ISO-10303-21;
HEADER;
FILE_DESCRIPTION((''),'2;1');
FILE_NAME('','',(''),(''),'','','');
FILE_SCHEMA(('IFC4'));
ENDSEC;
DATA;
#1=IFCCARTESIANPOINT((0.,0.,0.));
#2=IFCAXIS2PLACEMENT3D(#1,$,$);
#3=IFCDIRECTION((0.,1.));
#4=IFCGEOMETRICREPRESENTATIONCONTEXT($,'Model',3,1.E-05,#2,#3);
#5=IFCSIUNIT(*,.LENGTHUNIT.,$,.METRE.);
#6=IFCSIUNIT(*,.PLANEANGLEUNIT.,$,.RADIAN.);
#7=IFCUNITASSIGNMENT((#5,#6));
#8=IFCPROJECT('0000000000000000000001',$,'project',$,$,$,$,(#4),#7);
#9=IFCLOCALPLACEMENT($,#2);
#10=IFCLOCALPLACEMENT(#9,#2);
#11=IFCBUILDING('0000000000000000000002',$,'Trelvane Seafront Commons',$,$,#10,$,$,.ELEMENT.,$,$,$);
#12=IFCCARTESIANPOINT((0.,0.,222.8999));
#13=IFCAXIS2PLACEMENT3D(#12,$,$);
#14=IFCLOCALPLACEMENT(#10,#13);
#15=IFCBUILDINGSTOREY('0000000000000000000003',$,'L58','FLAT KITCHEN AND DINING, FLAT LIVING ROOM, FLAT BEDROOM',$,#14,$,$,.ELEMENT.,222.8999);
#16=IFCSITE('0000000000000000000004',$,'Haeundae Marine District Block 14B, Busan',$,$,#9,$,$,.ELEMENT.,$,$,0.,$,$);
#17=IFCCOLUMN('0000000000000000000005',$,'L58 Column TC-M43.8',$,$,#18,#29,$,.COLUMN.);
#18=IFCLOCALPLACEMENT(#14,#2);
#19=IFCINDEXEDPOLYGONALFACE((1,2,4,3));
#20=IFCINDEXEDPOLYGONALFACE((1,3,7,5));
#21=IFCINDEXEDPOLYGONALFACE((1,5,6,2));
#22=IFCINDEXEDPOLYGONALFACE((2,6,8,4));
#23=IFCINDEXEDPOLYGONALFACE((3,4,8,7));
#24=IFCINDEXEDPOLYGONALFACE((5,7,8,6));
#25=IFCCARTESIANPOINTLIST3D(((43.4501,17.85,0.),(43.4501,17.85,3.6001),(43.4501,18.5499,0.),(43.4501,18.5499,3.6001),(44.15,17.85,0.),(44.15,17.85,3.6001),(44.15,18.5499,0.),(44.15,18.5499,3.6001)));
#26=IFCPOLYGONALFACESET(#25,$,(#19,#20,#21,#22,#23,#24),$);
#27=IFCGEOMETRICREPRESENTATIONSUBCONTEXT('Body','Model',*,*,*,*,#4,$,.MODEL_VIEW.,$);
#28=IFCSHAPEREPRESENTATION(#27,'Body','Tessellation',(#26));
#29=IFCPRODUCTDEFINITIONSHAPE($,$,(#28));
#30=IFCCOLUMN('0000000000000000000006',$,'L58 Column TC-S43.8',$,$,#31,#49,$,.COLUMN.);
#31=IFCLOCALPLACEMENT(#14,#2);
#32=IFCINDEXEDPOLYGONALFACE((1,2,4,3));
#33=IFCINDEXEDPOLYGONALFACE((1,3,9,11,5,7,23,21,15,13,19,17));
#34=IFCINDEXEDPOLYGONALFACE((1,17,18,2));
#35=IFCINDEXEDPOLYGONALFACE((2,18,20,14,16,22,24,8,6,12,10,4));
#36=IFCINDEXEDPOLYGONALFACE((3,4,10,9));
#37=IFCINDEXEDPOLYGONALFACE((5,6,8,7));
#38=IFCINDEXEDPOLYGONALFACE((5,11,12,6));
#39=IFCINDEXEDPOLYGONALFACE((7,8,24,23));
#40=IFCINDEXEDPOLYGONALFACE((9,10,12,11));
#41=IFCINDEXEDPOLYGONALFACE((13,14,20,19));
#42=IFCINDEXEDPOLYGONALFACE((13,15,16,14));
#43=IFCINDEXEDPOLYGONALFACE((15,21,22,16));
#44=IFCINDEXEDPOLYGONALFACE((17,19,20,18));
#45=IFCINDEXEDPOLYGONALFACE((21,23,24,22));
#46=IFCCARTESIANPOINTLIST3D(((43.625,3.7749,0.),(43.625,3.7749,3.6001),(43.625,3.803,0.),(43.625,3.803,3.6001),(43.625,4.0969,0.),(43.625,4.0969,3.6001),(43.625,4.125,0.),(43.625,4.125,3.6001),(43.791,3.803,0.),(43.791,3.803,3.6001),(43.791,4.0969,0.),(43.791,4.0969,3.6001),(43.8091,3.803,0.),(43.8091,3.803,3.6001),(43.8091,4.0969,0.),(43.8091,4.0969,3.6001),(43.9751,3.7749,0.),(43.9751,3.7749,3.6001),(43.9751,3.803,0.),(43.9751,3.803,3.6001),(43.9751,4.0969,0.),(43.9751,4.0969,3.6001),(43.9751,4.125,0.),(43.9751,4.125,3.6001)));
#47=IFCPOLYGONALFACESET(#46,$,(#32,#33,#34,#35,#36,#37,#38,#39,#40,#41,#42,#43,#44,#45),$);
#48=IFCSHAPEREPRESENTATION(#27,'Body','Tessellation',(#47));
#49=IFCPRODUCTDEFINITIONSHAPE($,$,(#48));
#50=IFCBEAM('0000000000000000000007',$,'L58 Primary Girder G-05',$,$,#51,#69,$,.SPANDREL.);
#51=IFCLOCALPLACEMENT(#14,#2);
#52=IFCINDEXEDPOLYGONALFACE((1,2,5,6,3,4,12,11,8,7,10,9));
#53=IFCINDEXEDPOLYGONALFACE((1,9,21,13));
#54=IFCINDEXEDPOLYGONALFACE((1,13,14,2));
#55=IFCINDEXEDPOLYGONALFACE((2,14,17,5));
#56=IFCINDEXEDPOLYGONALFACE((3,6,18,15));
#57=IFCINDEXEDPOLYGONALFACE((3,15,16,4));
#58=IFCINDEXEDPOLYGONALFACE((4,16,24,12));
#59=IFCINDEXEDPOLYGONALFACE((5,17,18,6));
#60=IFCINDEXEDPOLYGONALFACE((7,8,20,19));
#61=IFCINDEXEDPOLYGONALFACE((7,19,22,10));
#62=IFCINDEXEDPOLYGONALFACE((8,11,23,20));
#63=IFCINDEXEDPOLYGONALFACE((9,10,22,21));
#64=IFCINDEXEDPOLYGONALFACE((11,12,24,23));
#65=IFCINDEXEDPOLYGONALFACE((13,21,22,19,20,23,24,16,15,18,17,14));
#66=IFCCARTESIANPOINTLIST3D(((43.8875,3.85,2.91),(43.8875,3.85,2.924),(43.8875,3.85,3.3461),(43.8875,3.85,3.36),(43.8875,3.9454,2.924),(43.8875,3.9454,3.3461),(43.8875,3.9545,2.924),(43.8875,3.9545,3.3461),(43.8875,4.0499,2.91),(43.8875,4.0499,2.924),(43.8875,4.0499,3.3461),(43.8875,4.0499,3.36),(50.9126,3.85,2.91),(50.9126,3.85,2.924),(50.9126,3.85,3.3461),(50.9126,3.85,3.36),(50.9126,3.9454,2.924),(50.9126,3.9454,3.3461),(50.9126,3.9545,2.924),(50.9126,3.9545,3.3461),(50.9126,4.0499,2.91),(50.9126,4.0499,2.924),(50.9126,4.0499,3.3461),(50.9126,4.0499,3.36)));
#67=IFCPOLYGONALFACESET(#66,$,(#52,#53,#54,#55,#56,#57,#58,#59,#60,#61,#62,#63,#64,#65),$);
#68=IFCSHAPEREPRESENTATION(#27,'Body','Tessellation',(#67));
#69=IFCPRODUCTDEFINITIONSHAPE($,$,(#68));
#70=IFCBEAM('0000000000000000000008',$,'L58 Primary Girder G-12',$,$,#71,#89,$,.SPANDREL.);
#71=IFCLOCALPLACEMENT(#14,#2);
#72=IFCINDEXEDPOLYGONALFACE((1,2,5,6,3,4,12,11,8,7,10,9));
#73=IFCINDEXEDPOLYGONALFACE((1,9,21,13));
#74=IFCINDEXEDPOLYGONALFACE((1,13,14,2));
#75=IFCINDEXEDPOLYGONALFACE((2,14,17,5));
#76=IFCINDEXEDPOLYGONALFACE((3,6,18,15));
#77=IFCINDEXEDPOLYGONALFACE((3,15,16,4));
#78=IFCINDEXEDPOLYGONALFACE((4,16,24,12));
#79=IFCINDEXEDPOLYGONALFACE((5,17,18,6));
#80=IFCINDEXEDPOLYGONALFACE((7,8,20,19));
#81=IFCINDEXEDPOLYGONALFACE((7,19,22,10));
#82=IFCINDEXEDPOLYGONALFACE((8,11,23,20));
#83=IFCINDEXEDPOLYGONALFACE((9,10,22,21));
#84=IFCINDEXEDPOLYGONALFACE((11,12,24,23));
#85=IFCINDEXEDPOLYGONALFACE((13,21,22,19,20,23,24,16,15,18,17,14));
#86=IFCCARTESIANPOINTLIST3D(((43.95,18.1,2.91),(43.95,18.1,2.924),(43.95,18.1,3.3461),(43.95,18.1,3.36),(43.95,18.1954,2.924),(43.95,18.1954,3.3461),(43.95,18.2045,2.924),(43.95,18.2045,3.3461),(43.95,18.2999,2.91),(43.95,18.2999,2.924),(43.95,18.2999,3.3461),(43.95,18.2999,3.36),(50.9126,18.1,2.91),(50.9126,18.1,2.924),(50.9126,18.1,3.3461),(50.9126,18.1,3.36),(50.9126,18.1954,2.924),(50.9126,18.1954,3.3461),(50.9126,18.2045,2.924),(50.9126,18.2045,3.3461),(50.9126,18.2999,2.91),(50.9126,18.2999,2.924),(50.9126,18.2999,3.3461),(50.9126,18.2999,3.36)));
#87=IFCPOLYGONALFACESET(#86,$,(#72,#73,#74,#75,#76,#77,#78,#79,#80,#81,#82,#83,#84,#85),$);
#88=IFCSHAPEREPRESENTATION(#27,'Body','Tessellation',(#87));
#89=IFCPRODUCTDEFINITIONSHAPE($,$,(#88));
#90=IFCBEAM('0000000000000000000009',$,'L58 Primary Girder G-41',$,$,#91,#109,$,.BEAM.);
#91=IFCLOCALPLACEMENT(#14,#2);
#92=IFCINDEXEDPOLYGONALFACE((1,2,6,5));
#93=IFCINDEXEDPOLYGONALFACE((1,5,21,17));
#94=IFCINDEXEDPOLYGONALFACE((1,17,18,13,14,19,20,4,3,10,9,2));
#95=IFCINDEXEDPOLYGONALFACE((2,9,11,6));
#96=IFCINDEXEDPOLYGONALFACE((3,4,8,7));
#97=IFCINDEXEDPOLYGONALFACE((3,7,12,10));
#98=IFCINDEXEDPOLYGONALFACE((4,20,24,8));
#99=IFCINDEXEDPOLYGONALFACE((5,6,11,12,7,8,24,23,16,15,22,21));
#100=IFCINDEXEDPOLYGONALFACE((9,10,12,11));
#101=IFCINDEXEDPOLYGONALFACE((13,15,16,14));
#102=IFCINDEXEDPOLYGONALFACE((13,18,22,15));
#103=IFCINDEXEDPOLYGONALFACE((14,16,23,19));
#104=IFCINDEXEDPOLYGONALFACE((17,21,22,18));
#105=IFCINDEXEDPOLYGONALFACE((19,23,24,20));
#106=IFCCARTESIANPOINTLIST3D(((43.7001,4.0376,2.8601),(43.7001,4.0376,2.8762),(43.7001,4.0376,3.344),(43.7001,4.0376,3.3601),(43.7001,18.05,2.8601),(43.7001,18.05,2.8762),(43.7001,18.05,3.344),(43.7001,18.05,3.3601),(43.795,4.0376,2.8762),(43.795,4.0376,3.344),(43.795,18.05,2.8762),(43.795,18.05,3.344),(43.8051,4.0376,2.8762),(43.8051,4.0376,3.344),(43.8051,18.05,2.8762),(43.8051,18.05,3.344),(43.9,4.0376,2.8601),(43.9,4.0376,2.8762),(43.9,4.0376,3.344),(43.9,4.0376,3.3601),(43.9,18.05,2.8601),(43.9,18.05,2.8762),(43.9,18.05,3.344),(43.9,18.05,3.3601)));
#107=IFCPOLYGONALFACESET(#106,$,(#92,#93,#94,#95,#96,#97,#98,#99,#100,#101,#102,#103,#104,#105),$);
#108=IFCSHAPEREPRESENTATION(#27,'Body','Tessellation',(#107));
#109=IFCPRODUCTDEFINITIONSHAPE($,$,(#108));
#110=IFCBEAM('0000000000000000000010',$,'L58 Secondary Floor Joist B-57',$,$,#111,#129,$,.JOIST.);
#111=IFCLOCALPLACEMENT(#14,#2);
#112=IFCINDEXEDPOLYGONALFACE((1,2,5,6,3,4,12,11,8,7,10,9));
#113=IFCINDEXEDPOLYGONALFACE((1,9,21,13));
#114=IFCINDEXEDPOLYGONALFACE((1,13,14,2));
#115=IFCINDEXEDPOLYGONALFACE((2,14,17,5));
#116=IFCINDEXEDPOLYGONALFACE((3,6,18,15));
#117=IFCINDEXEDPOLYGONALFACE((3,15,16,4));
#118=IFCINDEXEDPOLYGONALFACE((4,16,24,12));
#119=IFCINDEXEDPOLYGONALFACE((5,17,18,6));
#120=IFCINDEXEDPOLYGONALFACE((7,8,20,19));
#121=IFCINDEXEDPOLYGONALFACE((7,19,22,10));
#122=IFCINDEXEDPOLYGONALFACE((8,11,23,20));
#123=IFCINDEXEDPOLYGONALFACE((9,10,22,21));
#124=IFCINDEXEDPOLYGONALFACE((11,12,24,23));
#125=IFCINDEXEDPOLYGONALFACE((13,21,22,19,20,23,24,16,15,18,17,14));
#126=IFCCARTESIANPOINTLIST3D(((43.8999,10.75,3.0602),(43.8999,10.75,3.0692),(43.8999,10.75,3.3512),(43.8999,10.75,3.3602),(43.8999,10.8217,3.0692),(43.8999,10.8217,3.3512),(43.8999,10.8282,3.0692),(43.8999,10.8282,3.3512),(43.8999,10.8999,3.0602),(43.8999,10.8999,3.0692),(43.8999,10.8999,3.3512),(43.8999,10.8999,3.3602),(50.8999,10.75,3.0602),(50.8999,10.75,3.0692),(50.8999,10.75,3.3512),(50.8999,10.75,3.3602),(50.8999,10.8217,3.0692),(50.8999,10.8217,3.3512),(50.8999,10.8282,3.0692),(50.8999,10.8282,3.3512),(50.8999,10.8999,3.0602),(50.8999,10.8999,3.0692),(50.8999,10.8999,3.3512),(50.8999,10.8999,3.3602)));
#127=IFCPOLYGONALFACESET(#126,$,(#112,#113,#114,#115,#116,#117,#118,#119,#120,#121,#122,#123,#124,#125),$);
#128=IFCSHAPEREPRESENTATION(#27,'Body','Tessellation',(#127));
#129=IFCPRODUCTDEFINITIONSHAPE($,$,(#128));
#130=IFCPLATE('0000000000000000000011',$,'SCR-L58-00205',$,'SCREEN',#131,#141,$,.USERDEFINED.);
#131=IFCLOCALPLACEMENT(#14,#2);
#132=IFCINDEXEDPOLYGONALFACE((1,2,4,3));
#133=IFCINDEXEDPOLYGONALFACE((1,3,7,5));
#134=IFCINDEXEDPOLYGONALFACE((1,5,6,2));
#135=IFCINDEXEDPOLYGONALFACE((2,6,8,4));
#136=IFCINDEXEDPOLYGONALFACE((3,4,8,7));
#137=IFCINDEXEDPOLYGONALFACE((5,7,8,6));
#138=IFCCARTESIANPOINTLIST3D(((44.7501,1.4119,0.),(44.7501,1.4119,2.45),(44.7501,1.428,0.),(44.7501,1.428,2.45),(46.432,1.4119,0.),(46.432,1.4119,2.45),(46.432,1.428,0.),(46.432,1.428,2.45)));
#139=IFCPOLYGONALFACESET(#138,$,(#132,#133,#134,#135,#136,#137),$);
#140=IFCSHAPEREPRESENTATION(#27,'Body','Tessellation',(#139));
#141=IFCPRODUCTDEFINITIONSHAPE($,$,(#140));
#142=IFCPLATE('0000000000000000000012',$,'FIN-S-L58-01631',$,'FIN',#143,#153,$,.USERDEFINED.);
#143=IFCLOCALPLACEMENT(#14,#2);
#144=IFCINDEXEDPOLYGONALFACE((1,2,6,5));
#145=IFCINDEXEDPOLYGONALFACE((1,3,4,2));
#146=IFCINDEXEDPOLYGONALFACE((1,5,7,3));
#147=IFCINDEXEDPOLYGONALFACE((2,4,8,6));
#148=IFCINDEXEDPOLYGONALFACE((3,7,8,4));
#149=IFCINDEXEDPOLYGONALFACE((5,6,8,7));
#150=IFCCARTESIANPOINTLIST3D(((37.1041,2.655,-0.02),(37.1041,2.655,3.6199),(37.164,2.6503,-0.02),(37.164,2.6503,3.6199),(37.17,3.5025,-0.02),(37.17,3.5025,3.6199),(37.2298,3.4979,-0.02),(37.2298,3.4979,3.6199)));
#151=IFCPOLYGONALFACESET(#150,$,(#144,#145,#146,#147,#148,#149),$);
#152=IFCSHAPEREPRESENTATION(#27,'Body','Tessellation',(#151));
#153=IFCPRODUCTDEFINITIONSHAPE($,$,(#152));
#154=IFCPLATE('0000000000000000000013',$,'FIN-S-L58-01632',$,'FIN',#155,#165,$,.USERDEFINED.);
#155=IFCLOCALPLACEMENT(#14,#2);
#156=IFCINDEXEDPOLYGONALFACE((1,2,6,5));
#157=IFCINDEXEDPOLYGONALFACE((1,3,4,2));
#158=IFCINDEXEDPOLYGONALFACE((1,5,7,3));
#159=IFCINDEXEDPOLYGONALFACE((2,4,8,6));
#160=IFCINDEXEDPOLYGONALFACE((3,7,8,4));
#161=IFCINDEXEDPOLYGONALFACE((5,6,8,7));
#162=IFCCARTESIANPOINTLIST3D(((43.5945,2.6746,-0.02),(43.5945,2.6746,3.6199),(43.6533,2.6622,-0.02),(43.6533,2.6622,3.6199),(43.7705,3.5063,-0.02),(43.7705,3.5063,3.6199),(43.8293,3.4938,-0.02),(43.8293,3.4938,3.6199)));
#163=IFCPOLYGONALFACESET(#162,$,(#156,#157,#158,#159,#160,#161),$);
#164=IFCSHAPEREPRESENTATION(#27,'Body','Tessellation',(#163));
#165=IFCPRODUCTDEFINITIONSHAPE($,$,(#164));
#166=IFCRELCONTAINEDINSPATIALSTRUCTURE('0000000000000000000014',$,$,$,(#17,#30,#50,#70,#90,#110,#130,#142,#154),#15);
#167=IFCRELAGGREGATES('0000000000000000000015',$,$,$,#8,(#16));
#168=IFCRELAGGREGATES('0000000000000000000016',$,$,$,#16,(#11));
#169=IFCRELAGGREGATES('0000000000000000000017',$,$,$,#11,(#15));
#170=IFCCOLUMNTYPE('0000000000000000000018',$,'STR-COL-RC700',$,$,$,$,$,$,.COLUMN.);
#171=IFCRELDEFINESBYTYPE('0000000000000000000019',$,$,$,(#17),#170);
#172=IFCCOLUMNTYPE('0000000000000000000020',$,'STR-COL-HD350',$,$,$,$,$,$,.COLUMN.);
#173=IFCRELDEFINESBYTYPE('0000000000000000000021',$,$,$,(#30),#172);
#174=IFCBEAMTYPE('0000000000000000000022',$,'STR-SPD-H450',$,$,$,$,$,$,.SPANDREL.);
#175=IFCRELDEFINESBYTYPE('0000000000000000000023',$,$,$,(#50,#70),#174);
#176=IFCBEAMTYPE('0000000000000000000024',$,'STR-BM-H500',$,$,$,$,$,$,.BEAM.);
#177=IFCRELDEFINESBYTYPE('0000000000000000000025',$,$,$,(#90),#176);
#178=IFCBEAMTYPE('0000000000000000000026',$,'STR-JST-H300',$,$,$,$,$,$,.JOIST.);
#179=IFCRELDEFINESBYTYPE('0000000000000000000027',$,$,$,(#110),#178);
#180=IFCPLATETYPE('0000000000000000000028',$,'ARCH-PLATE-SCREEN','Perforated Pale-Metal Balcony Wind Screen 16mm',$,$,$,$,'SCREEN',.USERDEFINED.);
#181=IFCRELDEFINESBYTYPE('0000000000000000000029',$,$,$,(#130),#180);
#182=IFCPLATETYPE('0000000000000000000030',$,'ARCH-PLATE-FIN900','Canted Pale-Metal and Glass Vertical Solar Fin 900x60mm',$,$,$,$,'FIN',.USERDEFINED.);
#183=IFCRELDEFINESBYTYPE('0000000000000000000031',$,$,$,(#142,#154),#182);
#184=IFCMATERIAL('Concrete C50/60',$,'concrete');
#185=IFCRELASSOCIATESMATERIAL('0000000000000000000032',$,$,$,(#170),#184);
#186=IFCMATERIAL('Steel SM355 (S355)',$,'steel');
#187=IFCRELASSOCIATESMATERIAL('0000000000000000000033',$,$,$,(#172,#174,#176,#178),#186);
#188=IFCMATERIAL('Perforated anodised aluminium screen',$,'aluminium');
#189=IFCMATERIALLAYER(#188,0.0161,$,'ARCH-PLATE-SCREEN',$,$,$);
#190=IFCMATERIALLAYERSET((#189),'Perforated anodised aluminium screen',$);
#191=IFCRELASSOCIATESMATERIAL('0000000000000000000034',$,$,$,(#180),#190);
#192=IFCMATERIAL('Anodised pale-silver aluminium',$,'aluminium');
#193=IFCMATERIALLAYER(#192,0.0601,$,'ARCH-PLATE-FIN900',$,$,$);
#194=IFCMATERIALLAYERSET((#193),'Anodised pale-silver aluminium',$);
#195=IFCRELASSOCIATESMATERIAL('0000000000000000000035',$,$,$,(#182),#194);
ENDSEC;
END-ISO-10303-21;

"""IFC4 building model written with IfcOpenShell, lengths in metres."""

from ifc_helpers import new_model, si_unit, direction, frame, origin, origin_2d, place, context, subcontext, project, spatial, rectangle, i_section, extrude, source, transform, mapped, material, layer, layer_set, material_profile, profile_set, type_object, element, save


model = new_model("IFC4")

# Units and contexts
model_context = context("Model", 3, precision=1e-05, world=origin(), true_north=direction((0.0, 1.0)))
body_context = subcontext(model_context, "Body", "Model", "MODEL_VIEW")
ifc_project = project(units=[si_unit("LENGTHUNIT", "METRE"), si_unit("PLANEANGLEUNIT", "RADIAN")], contexts=[model_context])

# Site, building, storey
site_placement = place(None, origin())
site = spatial("IfcSite", under=ifc_project, at=site_placement, Name="Haeundae Marine District Block 14B, Busan", CompositionType="ELEMENT", RefElevation=0.0)
building_placement = place(site_placement, origin())
building = spatial("IfcBuilding", under=site, at=building_placement, Name="Trelvane Seafront Commons", CompositionType="ELEMENT")
storey_placement = place(building_placement, frame((0.0, 0.0, 222.8999)))
storey = spatial("IfcBuildingStorey", under=building, at=storey_placement, Name="L58", Description="FLAT KITCHEN AND DINING, FLAT LIVING ROOM, FLAT BEDROOM", CompositionType="ELEMENT", Elevation=222.8999)

# Columns
ifc_material_1 = material(Name="Concrete C50/60", Category="concrete")
ifc_material_profile_1 = material_profile(ifc_material_1, rectangle(XDim=0.7, YDim=0.7, at=origin_2d()), Name="RC-700x700")
ifc_profile_set_1 = profile_set([ifc_material_profile_1], Name="Concrete C50/60")
column_type_1 = type_object("IfcColumnType", Name="STR-COL-RC700", PredefinedType="COLUMN", material=ifc_profile_set_1)
shared_shape_1 = source(origin(), body_context, "Body", "SweptSolid", [
    extrude(rectangle(XDim=0.7, YDim=0.7, at=origin_2d()), origin(), (0.0, 0.0, 1.0), 3.6001),
])
column_1_placement = place(storey_placement, frame((43.8, 18.2, 0.0), z_axis=(0.0, 0.0, 1.0), x_axis=(1.0, 0.0, 0.0)))
element("IfcColumn", 1, at=column_1_placement, inside=storey, type_object=column_type_1, Name="L58 Column TC-M43.8", PredefinedType="COLUMN", context=body_context, shape_type="MappedRepresentation", body=[
    mapped(shared_shape_1, transform((0.0, 0.0, 0.0), x_axis=(1.0, 0.0, 0.0), y_axis=(0.0, 1.0, 0.0), z_axis=(0.0, 0.0, 1.0), scale=1.0)),
])
ifc_material_2 = material(Name="Steel SM355 (S355)", Category="steel")
ifc_material_profile_2 = material_profile(ifc_material_2, i_section(OverallWidth=0.3501, OverallDepth=0.3501, WebThickness=0.0181, FlangeThickness=0.0281, at=origin_2d()), Name="HD-350x350x18x28")
ifc_profile_set_2 = profile_set([ifc_material_profile_2], Name="Steel SM355 (S355)")
column_type_2 = type_object("IfcColumnType", Name="STR-COL-HD350", PredefinedType="COLUMN", material=ifc_profile_set_2)
shared_shape_2 = source(origin(), body_context, "Body", "SweptSolid", [
    extrude(i_section(OverallWidth=0.3501, OverallDepth=0.3501, WebThickness=0.0181, FlangeThickness=0.0281, at=origin_2d()), origin(), (0.0, 0.0, 1.0), 3.6001),
])
column_2_placement = place(storey_placement, frame((43.8, 3.95, 0.0), z_axis=(0.0, 0.0, 1.0), x_axis=(1.0, 0.0, 0.0)))
element("IfcColumn", 2, at=column_2_placement, inside=storey, type_object=column_type_2, Name="L58 Column TC-S43.8", PredefinedType="COLUMN", context=body_context, shape_type="MappedRepresentation", body=[
    mapped(shared_shape_2, transform((0.0, 0.0, 0.0), x_axis=(1.0, 0.0, 0.0), y_axis=(0.0, 1.0, 0.0), z_axis=(0.0, 0.0, 1.0), scale=1.0)),
])

# Beams
ifc_material_profile_3 = material_profile(ifc_material_2, i_section(OverallWidth=0.2, OverallDepth=0.45, WebThickness=0.009, FlangeThickness=0.0139, at=origin_2d()), Name="H-450x200x9x14")
ifc_profile_set_3 = profile_set([ifc_material_profile_3], Name="Steel SM355 (S355)")
beam_type_1 = type_object("IfcBeamType", Name="STR-SPD-H450", PredefinedType="SPANDREL", material=ifc_profile_set_3)
shared_shape_3 = source(origin(), body_context, "Body", "SweptSolid", [
    extrude(i_section(OverallWidth=0.2, OverallDepth=0.45, WebThickness=0.009, FlangeThickness=0.0139, at=origin_2d()), origin(), (0.0, 0.0, 1.0), 7.0251),
])
beam_1_placement = place(storey_placement, frame((43.8875, 3.95, 3.135), z_axis=(1.0, 0.0, 0.0), x_axis=(0.0, 1.0, 0.0)))
element("IfcBeam", 3, at=beam_1_placement, inside=storey, type_object=beam_type_1, Name="L58 Primary Girder G-05", PredefinedType="SPANDREL", context=body_context, shape_type="MappedRepresentation", body=[
    mapped(shared_shape_3, transform((0.0, 0.0, 0.0), x_axis=(1.0, 0.0, 0.0), y_axis=(0.0, 1.0, 0.0), z_axis=(0.0, 0.0, 1.0), scale=1.0)),
])
shared_shape_4 = source(origin(), body_context, "Body", "SweptSolid", [
    extrude(i_section(OverallWidth=0.2, OverallDepth=0.45, WebThickness=0.009, FlangeThickness=0.0139, at=origin_2d()), origin(), (0.0, 0.0, 1.0), 6.9626),
])
beam_2_placement = place(storey_placement, frame((43.95, 18.2, 3.135), z_axis=(1.0, 0.0, 0.0), x_axis=(0.0, 1.0, 0.0)))
element("IfcBeam", 4, at=beam_2_placement, inside=storey, type_object=beam_type_1, Name="L58 Primary Girder G-12", PredefinedType="SPANDREL", context=body_context, shape_type="MappedRepresentation", body=[
    mapped(shared_shape_4, transform((0.0, 0.0, 0.0), x_axis=(1.0, 0.0, 0.0), y_axis=(0.0, 1.0, 0.0), z_axis=(0.0, 0.0, 1.0), scale=1.0)),
])
ifc_material_profile_4 = material_profile(ifc_material_2, i_section(OverallWidth=0.2, OverallDepth=0.5, WebThickness=0.01, FlangeThickness=0.0161, at=origin_2d()), Name="H-500x200x10x16")
ifc_profile_set_4 = profile_set([ifc_material_profile_4], Name="Steel SM355 (S355)")
beam_type_2 = type_object("IfcBeamType", Name="STR-BM-H500", PredefinedType="BEAM", material=ifc_profile_set_4)
shared_shape_5 = source(origin(), body_context, "Body", "SweptSolid", [
    extrude(i_section(OverallWidth=0.2, OverallDepth=0.5, WebThickness=0.01, FlangeThickness=0.0161, at=origin_2d()), origin(), (0.0, 0.0, 1.0), 14.0125),
])
beam_3_placement = place(storey_placement, frame((43.8, 4.0376, 3.1101), z_axis=(0.0, 1.0, 0.0), x_axis=(-1.0, 0.0, 0.0)))
element("IfcBeam", 5, at=beam_3_placement, inside=storey, type_object=beam_type_2, Name="L58 Primary Girder G-41", PredefinedType="BEAM", context=body_context, shape_type="MappedRepresentation", body=[
    mapped(shared_shape_5, transform((0.0, 0.0, 0.0), x_axis=(1.0, 0.0, 0.0), y_axis=(0.0, 1.0, 0.0), z_axis=(0.0, 0.0, 1.0), scale=1.0)),
])
ifc_material_profile_5 = material_profile(ifc_material_2, i_section(OverallWidth=0.1499, OverallDepth=0.3, WebThickness=0.0066, FlangeThickness=0.009, at=origin_2d()), Name="H-300x150x6.5x9")
ifc_profile_set_5 = profile_set([ifc_material_profile_5], Name="Steel SM355 (S355)")
beam_type_3 = type_object("IfcBeamType", Name="STR-JST-H300", PredefinedType="JOIST", material=ifc_profile_set_5)
shared_shape_6 = source(origin(), body_context, "Body", "SweptSolid", [
    extrude(i_section(OverallWidth=0.1499, OverallDepth=0.3, WebThickness=0.0066, FlangeThickness=0.009, at=origin_2d()), origin(), (0.0, 0.0, 1.0), 7.0),
])
beam_4_placement = place(storey_placement, frame((43.8999, 10.825, 3.2102), z_axis=(1.0, 0.0, 0.0), x_axis=(0.0, 1.0, 0.0)))
element("IfcBeam", 6, at=beam_4_placement, inside=storey, type_object=beam_type_3, Name="L58 Secondary Floor Joist B-57", PredefinedType="JOIST", context=body_context, shape_type="MappedRepresentation", body=[
    mapped(shared_shape_6, transform((0.0, 0.0, 0.0), x_axis=(1.0, 0.0, 0.0), y_axis=(0.0, 1.0, 0.0), z_axis=(0.0, 0.0, 1.0), scale=1.0)),
])

# Plates
ifc_material_3 = material(Name="Perforated anodised aluminium screen", Category="aluminium")
ifc_layer_1 = layer(ifc_material_3, 0.0161, Name="ARCH-PLATE-SCREEN")
ifc_layer_set_1 = layer_set([ifc_layer_1], Name="Perforated anodised aluminium screen")
plate_type_1 = type_object("IfcPlateType", Name="ARCH-PLATE-SCREEN", Description="Perforated Pale-Metal Balcony Wind Screen 16mm", ElementType="SCREEN", PredefinedType="USERDEFINED", material=ifc_layer_set_1)
shared_shape_7 = source(origin(), body_context, "Body", "SweptSolid", [
    extrude(rectangle(XDim=1.6819, YDim=0.0161, at=origin_2d()), origin(), (0.0, 0.0, 1.0), 2.45),
])
plate_1_placement = place(storey_placement, frame((45.5911, 1.4199, 0.0), z_axis=(0.0, 0.0, 1.0), x_axis=(1.0, 0.0, 0.0)))
element("IfcPlate", 7, at=plate_1_placement, inside=storey, type_object=plate_type_1, Name="SCR-L58-00205", ObjectType="SCREEN", PredefinedType="USERDEFINED", context=body_context, shape_type="MappedRepresentation", body=[
    mapped(shared_shape_7, transform((0.0, 0.0, 0.0), x_axis=(1.0, 0.0, 0.0), y_axis=(0.0, 1.0, 0.0), z_axis=(0.0, 0.0, 1.0), scale=1.0)),
])
ifc_material_4 = material(Name="Anodised pale-silver aluminium", Category="aluminium")
ifc_layer_2 = layer(ifc_material_4, 0.0601, Name="ARCH-PLATE-FIN900")
ifc_layer_set_2 = layer_set([ifc_layer_2], Name="Anodised pale-silver aluminium")
plate_type_2 = type_object("IfcPlateType", Name="ARCH-PLATE-FIN900", Description="Canted Pale-Metal and Glass Vertical Solar Fin 900x60mm", ElementType="FIN", PredefinedType="USERDEFINED", material=ifc_layer_set_2)
shared_shape_8 = source(origin(), body_context, "Body", "SweptSolid", [
    extrude(rectangle(XDim=0.8501, YDim=0.0601, at=origin_2d()), origin(), (0.0, 0.0, 1.0), 3.6399),
])
for number, where, z_axis, x_axis, name in (
    (8, (37.167, 3.0764, -0.02), (0.0, 0.0, 1.0), (-0.077417, -0.996999, 0.0), "FIN-S-L58-01631"),
    (9, (43.7119, 3.0842, -0.02), (0.0, 0.0, 1.0), (-0.207055, -0.978329, 0.0), "FIN-S-L58-01632"),
):
    element("IfcPlate", number, at=place(storey_placement, frame(where, z_axis=z_axis, x_axis=x_axis)), inside=storey, type_object=plate_type_2, Name=name, ObjectType="FIN", PredefinedType="USERDEFINED", context=body_context, shape_type="MappedRepresentation", body=[
        mapped(shared_shape_8, transform((0.0, 0.0, 0.0), x_axis=(1.0, 0.0, 0.0), y_axis=(0.0, 1.0, 0.0), z_axis=(0.0, 0.0, 1.0), scale=1.0)),
    ])

save(model, "model.ifc")
